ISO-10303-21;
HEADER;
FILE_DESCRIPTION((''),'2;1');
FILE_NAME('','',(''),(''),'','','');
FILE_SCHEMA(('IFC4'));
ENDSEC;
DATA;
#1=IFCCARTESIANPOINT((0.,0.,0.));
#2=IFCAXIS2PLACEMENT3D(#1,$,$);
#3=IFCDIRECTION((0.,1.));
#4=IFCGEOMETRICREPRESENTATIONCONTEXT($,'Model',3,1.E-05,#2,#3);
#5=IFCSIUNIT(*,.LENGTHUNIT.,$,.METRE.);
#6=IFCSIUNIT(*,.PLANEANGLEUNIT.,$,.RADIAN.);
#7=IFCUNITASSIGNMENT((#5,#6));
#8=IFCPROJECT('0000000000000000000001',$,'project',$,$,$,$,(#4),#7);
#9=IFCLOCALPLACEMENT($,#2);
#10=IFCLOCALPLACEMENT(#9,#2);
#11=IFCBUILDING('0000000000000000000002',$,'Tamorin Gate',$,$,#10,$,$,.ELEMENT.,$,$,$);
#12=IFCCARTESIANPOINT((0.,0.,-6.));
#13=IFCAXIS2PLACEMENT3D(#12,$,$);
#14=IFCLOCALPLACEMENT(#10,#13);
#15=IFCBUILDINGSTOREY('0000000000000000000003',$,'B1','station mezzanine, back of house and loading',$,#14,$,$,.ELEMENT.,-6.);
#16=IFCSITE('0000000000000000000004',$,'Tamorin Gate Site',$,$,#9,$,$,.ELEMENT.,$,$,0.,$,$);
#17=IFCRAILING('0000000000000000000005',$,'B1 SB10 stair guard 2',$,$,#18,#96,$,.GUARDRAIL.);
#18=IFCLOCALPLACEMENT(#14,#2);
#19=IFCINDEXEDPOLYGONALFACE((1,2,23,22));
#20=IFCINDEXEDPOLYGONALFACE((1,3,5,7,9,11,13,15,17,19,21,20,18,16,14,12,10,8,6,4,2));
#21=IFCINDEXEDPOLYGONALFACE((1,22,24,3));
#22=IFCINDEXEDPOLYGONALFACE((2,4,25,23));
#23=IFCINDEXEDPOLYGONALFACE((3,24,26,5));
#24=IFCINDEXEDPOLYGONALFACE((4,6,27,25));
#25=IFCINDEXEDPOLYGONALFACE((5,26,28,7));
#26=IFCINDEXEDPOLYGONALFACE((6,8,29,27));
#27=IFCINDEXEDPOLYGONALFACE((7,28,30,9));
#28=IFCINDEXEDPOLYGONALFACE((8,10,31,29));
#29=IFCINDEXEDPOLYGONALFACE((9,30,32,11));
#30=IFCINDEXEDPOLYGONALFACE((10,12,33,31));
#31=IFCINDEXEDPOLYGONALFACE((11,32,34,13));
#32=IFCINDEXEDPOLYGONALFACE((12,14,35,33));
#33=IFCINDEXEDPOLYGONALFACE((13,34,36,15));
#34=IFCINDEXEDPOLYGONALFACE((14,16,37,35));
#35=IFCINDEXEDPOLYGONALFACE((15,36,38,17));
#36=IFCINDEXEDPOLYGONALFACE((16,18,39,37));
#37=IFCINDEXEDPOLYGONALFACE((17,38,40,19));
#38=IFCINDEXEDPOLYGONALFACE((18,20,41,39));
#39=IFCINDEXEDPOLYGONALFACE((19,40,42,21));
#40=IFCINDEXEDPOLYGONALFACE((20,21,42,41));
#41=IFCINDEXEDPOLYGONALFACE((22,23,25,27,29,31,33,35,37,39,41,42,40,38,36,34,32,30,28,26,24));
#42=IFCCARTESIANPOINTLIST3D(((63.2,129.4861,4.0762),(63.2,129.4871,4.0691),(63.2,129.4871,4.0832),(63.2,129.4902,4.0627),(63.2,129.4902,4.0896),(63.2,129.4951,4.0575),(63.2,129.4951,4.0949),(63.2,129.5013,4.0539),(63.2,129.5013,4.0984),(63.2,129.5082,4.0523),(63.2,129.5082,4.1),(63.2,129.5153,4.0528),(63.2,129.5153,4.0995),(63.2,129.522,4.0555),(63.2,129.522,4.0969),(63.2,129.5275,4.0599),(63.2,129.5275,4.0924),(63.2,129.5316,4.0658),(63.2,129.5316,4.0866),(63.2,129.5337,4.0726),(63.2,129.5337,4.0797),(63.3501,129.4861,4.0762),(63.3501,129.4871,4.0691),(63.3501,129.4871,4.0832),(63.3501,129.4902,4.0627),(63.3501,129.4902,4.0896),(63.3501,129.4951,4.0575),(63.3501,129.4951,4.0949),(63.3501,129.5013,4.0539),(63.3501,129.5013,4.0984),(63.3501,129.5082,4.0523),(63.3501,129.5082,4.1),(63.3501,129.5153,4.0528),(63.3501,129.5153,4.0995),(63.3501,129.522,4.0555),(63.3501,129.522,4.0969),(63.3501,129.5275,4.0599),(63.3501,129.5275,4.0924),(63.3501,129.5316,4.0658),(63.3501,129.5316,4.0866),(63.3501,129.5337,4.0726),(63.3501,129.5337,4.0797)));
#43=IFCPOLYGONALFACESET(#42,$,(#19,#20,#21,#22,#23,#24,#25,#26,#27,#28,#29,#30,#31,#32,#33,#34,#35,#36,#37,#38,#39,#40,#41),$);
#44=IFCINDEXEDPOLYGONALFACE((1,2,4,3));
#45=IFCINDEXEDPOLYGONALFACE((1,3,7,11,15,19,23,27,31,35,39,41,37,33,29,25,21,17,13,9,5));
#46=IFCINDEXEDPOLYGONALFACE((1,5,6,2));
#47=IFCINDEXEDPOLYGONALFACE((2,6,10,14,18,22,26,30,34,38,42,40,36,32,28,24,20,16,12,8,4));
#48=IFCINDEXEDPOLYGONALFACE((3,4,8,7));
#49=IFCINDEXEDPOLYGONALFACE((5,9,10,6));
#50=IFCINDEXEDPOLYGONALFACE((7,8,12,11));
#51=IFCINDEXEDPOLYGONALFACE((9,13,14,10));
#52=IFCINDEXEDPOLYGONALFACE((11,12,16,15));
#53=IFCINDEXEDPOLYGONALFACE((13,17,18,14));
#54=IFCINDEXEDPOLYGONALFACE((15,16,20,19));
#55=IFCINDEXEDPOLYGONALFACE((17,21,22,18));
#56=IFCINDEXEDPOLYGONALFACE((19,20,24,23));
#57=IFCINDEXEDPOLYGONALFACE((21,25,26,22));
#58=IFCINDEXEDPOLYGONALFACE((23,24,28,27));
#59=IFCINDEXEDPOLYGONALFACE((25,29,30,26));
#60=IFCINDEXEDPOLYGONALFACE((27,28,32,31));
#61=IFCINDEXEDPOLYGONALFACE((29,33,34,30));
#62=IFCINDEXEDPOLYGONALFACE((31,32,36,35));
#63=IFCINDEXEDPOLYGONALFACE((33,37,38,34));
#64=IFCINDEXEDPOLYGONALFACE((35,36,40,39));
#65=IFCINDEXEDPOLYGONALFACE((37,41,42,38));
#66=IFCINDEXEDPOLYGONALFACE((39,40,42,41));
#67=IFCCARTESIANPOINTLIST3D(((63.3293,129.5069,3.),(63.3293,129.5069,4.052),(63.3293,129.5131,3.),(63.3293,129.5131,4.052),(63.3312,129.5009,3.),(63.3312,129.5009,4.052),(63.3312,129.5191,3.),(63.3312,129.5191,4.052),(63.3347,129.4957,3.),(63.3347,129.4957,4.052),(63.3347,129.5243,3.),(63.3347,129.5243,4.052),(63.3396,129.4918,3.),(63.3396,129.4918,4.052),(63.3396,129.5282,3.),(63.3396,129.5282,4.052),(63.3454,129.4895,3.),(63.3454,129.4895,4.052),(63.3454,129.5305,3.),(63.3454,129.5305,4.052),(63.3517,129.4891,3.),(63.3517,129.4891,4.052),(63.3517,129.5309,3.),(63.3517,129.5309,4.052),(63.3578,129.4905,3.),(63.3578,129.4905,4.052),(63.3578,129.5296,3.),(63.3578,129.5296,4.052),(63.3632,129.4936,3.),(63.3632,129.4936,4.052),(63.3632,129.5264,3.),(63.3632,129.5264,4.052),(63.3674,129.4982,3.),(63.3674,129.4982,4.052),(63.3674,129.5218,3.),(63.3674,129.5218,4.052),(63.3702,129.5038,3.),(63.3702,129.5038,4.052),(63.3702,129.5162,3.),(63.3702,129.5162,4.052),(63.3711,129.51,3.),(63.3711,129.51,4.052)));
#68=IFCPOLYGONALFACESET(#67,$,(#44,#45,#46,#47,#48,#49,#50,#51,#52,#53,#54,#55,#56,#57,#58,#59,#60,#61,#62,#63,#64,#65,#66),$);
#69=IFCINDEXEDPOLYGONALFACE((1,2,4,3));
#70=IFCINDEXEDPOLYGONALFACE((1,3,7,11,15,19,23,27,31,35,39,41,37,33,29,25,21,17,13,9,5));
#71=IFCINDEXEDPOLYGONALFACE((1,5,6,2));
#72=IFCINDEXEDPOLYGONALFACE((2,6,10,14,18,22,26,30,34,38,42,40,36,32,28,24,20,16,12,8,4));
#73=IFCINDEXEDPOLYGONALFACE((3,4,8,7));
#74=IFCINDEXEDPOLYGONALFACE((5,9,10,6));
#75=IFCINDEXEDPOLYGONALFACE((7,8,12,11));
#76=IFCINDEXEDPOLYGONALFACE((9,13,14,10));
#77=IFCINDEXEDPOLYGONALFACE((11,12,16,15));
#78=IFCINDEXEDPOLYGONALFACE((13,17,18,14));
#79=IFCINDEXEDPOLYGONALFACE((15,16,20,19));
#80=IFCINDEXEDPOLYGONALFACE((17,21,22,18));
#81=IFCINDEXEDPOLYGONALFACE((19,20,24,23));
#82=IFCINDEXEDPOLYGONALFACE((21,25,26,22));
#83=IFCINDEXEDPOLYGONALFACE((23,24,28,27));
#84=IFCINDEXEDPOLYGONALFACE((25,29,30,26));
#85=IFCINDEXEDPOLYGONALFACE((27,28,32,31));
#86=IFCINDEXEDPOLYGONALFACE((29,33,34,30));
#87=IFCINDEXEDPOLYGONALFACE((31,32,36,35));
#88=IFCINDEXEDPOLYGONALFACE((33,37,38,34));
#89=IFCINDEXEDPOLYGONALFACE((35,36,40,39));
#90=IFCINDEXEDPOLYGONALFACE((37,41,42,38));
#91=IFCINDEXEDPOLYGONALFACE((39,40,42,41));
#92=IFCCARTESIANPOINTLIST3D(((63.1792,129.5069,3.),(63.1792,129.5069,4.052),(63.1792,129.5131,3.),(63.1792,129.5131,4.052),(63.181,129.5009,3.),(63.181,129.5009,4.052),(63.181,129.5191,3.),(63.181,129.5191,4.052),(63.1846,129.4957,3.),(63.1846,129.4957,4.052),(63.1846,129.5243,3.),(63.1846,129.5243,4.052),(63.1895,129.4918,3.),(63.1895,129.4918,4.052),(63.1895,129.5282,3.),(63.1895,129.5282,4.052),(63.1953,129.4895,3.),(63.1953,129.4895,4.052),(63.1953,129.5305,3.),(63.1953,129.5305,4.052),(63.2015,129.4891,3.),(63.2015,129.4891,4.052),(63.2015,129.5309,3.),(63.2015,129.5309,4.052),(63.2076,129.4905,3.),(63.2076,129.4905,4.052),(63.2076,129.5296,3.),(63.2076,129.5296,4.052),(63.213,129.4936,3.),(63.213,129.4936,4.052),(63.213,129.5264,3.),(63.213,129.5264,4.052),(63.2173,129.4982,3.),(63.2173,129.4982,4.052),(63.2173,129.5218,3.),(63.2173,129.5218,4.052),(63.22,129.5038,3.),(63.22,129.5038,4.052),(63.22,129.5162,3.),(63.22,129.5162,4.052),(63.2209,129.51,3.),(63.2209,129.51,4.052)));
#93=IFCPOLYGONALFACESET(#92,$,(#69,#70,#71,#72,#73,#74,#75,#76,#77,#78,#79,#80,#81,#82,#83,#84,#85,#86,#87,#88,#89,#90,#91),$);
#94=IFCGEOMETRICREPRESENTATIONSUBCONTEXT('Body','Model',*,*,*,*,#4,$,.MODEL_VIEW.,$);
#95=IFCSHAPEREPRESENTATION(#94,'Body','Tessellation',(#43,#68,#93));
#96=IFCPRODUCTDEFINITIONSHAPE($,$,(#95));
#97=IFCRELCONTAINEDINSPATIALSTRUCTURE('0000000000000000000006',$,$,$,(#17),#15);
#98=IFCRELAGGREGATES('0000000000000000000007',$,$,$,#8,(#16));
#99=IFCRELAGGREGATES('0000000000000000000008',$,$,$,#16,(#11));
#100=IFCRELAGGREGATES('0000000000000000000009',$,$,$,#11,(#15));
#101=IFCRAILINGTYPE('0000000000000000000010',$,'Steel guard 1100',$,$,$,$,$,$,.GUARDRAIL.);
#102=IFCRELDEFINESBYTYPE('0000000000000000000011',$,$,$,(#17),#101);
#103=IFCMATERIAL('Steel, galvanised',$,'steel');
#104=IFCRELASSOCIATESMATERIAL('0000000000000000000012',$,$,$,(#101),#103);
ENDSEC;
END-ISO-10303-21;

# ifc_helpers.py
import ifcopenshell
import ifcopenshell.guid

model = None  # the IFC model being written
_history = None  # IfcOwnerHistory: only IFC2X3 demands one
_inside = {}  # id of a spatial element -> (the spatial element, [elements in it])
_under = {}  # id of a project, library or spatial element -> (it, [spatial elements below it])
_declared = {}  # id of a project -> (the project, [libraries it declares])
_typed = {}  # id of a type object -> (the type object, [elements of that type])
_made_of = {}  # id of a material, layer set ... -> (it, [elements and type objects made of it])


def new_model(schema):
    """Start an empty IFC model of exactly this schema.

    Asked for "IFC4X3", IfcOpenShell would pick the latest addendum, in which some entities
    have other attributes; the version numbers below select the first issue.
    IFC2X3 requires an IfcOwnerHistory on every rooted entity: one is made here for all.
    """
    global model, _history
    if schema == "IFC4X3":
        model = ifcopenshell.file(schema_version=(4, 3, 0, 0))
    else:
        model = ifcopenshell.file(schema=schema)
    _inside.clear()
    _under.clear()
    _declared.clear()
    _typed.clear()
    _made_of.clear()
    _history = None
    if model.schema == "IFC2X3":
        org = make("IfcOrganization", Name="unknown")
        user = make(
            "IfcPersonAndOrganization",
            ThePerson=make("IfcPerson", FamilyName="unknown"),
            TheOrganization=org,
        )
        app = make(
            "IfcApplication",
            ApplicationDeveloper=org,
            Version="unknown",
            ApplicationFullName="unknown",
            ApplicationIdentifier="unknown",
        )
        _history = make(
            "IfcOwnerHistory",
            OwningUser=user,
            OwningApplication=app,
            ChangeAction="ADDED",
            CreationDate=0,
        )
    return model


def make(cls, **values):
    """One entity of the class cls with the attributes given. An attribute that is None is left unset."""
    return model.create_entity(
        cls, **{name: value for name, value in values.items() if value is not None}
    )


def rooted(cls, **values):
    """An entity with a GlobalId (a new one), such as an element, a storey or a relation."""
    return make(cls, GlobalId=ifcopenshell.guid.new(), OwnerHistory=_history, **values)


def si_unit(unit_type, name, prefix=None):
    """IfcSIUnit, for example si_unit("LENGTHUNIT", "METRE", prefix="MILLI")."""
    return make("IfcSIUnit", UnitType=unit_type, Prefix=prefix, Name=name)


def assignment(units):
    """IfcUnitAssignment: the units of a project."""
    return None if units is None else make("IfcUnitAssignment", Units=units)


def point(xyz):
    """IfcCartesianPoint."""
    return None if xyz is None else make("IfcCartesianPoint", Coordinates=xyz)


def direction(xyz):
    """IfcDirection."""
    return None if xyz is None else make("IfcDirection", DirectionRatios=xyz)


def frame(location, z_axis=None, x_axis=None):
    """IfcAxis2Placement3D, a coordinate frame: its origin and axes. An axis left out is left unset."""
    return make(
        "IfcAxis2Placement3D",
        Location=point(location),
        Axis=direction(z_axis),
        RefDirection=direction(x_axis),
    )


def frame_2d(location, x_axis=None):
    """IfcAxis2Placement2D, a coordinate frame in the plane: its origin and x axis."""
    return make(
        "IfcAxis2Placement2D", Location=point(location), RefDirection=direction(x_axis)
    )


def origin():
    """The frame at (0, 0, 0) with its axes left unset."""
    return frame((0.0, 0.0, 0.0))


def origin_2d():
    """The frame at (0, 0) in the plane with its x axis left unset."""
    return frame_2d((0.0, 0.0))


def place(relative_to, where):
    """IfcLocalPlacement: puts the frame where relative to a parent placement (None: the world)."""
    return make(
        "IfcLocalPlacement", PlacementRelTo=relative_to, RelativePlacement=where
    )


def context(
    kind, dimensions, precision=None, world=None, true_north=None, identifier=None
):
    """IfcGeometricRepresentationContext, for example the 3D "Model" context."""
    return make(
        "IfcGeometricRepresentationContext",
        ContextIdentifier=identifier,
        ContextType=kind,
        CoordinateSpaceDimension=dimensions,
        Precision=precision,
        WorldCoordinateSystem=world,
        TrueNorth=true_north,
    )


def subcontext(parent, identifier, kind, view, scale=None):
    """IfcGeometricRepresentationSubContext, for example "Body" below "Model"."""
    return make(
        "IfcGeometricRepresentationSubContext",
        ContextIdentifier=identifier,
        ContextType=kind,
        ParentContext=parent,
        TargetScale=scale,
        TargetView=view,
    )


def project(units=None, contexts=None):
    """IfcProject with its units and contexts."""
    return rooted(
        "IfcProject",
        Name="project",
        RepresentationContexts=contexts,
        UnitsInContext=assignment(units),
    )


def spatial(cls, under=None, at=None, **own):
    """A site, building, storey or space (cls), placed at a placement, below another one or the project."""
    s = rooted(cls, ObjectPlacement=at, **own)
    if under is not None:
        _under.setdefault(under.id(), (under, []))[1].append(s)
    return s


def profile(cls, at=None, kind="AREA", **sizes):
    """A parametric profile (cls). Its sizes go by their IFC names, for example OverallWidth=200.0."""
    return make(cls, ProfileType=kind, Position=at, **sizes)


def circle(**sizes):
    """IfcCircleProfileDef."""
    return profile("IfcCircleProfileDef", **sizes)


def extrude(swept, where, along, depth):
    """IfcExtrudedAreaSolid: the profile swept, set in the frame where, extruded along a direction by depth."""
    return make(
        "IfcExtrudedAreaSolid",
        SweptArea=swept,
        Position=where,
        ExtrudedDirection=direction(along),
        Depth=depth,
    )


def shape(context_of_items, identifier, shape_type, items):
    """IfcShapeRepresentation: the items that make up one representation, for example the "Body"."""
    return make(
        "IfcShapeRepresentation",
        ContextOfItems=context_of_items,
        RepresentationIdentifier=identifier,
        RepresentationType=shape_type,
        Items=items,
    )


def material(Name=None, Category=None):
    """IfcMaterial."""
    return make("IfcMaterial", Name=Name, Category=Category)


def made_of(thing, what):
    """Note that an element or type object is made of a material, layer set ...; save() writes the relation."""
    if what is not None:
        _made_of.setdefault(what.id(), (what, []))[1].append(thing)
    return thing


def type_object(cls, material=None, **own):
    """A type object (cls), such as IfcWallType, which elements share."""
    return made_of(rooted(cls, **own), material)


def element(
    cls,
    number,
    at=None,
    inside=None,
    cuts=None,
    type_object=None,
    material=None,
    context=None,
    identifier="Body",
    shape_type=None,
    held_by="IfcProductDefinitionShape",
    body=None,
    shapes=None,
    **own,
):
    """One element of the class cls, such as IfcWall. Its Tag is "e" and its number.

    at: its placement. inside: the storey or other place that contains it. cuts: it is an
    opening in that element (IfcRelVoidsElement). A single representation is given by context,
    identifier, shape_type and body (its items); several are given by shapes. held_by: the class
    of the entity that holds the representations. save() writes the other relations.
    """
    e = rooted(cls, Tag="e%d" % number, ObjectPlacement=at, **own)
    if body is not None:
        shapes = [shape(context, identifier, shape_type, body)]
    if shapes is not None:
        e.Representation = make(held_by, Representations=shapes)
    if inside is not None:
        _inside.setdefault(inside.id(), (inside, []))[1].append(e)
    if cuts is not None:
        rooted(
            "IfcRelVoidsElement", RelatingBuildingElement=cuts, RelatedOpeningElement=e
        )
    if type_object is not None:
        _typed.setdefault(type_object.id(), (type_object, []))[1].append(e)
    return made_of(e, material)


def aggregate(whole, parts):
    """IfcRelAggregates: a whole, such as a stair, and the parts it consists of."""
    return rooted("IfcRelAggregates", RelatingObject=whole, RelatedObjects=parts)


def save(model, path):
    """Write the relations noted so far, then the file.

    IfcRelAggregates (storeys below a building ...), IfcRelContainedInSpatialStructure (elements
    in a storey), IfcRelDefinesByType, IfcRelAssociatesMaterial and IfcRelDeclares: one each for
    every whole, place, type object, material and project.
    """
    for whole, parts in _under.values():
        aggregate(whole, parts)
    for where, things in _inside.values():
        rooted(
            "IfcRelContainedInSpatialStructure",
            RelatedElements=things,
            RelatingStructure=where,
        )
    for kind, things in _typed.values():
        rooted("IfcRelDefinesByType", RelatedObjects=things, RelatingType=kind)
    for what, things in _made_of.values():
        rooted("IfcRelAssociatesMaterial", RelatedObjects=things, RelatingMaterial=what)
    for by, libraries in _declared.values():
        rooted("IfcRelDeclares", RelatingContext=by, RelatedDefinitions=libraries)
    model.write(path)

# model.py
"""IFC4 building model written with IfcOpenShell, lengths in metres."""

from ifc_helpers import new_model, si_unit, direction, frame, origin, origin_2d, place, context, subcontext, project, spatial, circle, extrude, material, type_object, element, save


model = new_model("IFC4")

# Units and contexts
model_context = context("Model", 3, precision=1e-05, world=origin(), true_north=direction((0.0, 1.0)))
body_context = subcontext(model_context, "Body", "Model", "MODEL_VIEW")
ifc_project = project(units=[si_unit("LENGTHUNIT", "METRE"), si_unit("PLANEANGLEUNIT", "RADIAN")], contexts=[model_context])

# Site, building, storey
site_placement = place(None, origin())
site = spatial("IfcSite", under=ifc_project, at=site_placement, Name="Tamorin Gate Site", CompositionType="ELEMENT", RefElevation=0.0)
building_placement = place(site_placement, origin())
building = spatial("IfcBuilding", under=site, at=building_placement, Name="Tamorin Gate", CompositionType="ELEMENT")
storey_placement = place(building_placement, frame((0.0, 0.0, -6.0)))
storey = spatial("IfcBuildingStorey", under=building, at=storey_placement, Name="B1", Description="station mezzanine, back of house and loading", CompositionType="ELEMENT", Elevation=-6.0)

# Railing
ifc_material_1 = material(Name="Steel, galvanised", Category="steel")
railing_type_1 = type_object("IfcRailingType", Name="Steel guard 1100", PredefinedType="GUARDRAIL", material=ifc_material_1)
railing_1_placement = place(storey_placement, frame((63.3501, 129.51, 3.0)))
element("IfcRailing", 1, at=railing_1_placement, inside=storey, type_object=railing_type_1, Name="B1 SB10 stair guard 2", PredefinedType="GUARDRAIL", context=body_context, shape_type="SweptSolid", body=[
    extrude(circle(Radius=0.0239, at=origin_2d()), frame((0.0, 0.0, 1.0762), z_axis=(-1.0, 0.0, 0.0), x_axis=(0.0, -1.0, 0.0)), (0.0, 0.0, 1.0), 0.1501),
    extrude(circle(Radius=0.021, at=origin_2d()), origin(), (0.0, 0.0, 1.0), 1.052),
    extrude(circle(Radius=0.021, at=origin_2d()), frame((-0.1501, 0.0, 0.0)), (0.0, 0.0, 1.0), 1.052),
])

save(model, "model.ifc")
